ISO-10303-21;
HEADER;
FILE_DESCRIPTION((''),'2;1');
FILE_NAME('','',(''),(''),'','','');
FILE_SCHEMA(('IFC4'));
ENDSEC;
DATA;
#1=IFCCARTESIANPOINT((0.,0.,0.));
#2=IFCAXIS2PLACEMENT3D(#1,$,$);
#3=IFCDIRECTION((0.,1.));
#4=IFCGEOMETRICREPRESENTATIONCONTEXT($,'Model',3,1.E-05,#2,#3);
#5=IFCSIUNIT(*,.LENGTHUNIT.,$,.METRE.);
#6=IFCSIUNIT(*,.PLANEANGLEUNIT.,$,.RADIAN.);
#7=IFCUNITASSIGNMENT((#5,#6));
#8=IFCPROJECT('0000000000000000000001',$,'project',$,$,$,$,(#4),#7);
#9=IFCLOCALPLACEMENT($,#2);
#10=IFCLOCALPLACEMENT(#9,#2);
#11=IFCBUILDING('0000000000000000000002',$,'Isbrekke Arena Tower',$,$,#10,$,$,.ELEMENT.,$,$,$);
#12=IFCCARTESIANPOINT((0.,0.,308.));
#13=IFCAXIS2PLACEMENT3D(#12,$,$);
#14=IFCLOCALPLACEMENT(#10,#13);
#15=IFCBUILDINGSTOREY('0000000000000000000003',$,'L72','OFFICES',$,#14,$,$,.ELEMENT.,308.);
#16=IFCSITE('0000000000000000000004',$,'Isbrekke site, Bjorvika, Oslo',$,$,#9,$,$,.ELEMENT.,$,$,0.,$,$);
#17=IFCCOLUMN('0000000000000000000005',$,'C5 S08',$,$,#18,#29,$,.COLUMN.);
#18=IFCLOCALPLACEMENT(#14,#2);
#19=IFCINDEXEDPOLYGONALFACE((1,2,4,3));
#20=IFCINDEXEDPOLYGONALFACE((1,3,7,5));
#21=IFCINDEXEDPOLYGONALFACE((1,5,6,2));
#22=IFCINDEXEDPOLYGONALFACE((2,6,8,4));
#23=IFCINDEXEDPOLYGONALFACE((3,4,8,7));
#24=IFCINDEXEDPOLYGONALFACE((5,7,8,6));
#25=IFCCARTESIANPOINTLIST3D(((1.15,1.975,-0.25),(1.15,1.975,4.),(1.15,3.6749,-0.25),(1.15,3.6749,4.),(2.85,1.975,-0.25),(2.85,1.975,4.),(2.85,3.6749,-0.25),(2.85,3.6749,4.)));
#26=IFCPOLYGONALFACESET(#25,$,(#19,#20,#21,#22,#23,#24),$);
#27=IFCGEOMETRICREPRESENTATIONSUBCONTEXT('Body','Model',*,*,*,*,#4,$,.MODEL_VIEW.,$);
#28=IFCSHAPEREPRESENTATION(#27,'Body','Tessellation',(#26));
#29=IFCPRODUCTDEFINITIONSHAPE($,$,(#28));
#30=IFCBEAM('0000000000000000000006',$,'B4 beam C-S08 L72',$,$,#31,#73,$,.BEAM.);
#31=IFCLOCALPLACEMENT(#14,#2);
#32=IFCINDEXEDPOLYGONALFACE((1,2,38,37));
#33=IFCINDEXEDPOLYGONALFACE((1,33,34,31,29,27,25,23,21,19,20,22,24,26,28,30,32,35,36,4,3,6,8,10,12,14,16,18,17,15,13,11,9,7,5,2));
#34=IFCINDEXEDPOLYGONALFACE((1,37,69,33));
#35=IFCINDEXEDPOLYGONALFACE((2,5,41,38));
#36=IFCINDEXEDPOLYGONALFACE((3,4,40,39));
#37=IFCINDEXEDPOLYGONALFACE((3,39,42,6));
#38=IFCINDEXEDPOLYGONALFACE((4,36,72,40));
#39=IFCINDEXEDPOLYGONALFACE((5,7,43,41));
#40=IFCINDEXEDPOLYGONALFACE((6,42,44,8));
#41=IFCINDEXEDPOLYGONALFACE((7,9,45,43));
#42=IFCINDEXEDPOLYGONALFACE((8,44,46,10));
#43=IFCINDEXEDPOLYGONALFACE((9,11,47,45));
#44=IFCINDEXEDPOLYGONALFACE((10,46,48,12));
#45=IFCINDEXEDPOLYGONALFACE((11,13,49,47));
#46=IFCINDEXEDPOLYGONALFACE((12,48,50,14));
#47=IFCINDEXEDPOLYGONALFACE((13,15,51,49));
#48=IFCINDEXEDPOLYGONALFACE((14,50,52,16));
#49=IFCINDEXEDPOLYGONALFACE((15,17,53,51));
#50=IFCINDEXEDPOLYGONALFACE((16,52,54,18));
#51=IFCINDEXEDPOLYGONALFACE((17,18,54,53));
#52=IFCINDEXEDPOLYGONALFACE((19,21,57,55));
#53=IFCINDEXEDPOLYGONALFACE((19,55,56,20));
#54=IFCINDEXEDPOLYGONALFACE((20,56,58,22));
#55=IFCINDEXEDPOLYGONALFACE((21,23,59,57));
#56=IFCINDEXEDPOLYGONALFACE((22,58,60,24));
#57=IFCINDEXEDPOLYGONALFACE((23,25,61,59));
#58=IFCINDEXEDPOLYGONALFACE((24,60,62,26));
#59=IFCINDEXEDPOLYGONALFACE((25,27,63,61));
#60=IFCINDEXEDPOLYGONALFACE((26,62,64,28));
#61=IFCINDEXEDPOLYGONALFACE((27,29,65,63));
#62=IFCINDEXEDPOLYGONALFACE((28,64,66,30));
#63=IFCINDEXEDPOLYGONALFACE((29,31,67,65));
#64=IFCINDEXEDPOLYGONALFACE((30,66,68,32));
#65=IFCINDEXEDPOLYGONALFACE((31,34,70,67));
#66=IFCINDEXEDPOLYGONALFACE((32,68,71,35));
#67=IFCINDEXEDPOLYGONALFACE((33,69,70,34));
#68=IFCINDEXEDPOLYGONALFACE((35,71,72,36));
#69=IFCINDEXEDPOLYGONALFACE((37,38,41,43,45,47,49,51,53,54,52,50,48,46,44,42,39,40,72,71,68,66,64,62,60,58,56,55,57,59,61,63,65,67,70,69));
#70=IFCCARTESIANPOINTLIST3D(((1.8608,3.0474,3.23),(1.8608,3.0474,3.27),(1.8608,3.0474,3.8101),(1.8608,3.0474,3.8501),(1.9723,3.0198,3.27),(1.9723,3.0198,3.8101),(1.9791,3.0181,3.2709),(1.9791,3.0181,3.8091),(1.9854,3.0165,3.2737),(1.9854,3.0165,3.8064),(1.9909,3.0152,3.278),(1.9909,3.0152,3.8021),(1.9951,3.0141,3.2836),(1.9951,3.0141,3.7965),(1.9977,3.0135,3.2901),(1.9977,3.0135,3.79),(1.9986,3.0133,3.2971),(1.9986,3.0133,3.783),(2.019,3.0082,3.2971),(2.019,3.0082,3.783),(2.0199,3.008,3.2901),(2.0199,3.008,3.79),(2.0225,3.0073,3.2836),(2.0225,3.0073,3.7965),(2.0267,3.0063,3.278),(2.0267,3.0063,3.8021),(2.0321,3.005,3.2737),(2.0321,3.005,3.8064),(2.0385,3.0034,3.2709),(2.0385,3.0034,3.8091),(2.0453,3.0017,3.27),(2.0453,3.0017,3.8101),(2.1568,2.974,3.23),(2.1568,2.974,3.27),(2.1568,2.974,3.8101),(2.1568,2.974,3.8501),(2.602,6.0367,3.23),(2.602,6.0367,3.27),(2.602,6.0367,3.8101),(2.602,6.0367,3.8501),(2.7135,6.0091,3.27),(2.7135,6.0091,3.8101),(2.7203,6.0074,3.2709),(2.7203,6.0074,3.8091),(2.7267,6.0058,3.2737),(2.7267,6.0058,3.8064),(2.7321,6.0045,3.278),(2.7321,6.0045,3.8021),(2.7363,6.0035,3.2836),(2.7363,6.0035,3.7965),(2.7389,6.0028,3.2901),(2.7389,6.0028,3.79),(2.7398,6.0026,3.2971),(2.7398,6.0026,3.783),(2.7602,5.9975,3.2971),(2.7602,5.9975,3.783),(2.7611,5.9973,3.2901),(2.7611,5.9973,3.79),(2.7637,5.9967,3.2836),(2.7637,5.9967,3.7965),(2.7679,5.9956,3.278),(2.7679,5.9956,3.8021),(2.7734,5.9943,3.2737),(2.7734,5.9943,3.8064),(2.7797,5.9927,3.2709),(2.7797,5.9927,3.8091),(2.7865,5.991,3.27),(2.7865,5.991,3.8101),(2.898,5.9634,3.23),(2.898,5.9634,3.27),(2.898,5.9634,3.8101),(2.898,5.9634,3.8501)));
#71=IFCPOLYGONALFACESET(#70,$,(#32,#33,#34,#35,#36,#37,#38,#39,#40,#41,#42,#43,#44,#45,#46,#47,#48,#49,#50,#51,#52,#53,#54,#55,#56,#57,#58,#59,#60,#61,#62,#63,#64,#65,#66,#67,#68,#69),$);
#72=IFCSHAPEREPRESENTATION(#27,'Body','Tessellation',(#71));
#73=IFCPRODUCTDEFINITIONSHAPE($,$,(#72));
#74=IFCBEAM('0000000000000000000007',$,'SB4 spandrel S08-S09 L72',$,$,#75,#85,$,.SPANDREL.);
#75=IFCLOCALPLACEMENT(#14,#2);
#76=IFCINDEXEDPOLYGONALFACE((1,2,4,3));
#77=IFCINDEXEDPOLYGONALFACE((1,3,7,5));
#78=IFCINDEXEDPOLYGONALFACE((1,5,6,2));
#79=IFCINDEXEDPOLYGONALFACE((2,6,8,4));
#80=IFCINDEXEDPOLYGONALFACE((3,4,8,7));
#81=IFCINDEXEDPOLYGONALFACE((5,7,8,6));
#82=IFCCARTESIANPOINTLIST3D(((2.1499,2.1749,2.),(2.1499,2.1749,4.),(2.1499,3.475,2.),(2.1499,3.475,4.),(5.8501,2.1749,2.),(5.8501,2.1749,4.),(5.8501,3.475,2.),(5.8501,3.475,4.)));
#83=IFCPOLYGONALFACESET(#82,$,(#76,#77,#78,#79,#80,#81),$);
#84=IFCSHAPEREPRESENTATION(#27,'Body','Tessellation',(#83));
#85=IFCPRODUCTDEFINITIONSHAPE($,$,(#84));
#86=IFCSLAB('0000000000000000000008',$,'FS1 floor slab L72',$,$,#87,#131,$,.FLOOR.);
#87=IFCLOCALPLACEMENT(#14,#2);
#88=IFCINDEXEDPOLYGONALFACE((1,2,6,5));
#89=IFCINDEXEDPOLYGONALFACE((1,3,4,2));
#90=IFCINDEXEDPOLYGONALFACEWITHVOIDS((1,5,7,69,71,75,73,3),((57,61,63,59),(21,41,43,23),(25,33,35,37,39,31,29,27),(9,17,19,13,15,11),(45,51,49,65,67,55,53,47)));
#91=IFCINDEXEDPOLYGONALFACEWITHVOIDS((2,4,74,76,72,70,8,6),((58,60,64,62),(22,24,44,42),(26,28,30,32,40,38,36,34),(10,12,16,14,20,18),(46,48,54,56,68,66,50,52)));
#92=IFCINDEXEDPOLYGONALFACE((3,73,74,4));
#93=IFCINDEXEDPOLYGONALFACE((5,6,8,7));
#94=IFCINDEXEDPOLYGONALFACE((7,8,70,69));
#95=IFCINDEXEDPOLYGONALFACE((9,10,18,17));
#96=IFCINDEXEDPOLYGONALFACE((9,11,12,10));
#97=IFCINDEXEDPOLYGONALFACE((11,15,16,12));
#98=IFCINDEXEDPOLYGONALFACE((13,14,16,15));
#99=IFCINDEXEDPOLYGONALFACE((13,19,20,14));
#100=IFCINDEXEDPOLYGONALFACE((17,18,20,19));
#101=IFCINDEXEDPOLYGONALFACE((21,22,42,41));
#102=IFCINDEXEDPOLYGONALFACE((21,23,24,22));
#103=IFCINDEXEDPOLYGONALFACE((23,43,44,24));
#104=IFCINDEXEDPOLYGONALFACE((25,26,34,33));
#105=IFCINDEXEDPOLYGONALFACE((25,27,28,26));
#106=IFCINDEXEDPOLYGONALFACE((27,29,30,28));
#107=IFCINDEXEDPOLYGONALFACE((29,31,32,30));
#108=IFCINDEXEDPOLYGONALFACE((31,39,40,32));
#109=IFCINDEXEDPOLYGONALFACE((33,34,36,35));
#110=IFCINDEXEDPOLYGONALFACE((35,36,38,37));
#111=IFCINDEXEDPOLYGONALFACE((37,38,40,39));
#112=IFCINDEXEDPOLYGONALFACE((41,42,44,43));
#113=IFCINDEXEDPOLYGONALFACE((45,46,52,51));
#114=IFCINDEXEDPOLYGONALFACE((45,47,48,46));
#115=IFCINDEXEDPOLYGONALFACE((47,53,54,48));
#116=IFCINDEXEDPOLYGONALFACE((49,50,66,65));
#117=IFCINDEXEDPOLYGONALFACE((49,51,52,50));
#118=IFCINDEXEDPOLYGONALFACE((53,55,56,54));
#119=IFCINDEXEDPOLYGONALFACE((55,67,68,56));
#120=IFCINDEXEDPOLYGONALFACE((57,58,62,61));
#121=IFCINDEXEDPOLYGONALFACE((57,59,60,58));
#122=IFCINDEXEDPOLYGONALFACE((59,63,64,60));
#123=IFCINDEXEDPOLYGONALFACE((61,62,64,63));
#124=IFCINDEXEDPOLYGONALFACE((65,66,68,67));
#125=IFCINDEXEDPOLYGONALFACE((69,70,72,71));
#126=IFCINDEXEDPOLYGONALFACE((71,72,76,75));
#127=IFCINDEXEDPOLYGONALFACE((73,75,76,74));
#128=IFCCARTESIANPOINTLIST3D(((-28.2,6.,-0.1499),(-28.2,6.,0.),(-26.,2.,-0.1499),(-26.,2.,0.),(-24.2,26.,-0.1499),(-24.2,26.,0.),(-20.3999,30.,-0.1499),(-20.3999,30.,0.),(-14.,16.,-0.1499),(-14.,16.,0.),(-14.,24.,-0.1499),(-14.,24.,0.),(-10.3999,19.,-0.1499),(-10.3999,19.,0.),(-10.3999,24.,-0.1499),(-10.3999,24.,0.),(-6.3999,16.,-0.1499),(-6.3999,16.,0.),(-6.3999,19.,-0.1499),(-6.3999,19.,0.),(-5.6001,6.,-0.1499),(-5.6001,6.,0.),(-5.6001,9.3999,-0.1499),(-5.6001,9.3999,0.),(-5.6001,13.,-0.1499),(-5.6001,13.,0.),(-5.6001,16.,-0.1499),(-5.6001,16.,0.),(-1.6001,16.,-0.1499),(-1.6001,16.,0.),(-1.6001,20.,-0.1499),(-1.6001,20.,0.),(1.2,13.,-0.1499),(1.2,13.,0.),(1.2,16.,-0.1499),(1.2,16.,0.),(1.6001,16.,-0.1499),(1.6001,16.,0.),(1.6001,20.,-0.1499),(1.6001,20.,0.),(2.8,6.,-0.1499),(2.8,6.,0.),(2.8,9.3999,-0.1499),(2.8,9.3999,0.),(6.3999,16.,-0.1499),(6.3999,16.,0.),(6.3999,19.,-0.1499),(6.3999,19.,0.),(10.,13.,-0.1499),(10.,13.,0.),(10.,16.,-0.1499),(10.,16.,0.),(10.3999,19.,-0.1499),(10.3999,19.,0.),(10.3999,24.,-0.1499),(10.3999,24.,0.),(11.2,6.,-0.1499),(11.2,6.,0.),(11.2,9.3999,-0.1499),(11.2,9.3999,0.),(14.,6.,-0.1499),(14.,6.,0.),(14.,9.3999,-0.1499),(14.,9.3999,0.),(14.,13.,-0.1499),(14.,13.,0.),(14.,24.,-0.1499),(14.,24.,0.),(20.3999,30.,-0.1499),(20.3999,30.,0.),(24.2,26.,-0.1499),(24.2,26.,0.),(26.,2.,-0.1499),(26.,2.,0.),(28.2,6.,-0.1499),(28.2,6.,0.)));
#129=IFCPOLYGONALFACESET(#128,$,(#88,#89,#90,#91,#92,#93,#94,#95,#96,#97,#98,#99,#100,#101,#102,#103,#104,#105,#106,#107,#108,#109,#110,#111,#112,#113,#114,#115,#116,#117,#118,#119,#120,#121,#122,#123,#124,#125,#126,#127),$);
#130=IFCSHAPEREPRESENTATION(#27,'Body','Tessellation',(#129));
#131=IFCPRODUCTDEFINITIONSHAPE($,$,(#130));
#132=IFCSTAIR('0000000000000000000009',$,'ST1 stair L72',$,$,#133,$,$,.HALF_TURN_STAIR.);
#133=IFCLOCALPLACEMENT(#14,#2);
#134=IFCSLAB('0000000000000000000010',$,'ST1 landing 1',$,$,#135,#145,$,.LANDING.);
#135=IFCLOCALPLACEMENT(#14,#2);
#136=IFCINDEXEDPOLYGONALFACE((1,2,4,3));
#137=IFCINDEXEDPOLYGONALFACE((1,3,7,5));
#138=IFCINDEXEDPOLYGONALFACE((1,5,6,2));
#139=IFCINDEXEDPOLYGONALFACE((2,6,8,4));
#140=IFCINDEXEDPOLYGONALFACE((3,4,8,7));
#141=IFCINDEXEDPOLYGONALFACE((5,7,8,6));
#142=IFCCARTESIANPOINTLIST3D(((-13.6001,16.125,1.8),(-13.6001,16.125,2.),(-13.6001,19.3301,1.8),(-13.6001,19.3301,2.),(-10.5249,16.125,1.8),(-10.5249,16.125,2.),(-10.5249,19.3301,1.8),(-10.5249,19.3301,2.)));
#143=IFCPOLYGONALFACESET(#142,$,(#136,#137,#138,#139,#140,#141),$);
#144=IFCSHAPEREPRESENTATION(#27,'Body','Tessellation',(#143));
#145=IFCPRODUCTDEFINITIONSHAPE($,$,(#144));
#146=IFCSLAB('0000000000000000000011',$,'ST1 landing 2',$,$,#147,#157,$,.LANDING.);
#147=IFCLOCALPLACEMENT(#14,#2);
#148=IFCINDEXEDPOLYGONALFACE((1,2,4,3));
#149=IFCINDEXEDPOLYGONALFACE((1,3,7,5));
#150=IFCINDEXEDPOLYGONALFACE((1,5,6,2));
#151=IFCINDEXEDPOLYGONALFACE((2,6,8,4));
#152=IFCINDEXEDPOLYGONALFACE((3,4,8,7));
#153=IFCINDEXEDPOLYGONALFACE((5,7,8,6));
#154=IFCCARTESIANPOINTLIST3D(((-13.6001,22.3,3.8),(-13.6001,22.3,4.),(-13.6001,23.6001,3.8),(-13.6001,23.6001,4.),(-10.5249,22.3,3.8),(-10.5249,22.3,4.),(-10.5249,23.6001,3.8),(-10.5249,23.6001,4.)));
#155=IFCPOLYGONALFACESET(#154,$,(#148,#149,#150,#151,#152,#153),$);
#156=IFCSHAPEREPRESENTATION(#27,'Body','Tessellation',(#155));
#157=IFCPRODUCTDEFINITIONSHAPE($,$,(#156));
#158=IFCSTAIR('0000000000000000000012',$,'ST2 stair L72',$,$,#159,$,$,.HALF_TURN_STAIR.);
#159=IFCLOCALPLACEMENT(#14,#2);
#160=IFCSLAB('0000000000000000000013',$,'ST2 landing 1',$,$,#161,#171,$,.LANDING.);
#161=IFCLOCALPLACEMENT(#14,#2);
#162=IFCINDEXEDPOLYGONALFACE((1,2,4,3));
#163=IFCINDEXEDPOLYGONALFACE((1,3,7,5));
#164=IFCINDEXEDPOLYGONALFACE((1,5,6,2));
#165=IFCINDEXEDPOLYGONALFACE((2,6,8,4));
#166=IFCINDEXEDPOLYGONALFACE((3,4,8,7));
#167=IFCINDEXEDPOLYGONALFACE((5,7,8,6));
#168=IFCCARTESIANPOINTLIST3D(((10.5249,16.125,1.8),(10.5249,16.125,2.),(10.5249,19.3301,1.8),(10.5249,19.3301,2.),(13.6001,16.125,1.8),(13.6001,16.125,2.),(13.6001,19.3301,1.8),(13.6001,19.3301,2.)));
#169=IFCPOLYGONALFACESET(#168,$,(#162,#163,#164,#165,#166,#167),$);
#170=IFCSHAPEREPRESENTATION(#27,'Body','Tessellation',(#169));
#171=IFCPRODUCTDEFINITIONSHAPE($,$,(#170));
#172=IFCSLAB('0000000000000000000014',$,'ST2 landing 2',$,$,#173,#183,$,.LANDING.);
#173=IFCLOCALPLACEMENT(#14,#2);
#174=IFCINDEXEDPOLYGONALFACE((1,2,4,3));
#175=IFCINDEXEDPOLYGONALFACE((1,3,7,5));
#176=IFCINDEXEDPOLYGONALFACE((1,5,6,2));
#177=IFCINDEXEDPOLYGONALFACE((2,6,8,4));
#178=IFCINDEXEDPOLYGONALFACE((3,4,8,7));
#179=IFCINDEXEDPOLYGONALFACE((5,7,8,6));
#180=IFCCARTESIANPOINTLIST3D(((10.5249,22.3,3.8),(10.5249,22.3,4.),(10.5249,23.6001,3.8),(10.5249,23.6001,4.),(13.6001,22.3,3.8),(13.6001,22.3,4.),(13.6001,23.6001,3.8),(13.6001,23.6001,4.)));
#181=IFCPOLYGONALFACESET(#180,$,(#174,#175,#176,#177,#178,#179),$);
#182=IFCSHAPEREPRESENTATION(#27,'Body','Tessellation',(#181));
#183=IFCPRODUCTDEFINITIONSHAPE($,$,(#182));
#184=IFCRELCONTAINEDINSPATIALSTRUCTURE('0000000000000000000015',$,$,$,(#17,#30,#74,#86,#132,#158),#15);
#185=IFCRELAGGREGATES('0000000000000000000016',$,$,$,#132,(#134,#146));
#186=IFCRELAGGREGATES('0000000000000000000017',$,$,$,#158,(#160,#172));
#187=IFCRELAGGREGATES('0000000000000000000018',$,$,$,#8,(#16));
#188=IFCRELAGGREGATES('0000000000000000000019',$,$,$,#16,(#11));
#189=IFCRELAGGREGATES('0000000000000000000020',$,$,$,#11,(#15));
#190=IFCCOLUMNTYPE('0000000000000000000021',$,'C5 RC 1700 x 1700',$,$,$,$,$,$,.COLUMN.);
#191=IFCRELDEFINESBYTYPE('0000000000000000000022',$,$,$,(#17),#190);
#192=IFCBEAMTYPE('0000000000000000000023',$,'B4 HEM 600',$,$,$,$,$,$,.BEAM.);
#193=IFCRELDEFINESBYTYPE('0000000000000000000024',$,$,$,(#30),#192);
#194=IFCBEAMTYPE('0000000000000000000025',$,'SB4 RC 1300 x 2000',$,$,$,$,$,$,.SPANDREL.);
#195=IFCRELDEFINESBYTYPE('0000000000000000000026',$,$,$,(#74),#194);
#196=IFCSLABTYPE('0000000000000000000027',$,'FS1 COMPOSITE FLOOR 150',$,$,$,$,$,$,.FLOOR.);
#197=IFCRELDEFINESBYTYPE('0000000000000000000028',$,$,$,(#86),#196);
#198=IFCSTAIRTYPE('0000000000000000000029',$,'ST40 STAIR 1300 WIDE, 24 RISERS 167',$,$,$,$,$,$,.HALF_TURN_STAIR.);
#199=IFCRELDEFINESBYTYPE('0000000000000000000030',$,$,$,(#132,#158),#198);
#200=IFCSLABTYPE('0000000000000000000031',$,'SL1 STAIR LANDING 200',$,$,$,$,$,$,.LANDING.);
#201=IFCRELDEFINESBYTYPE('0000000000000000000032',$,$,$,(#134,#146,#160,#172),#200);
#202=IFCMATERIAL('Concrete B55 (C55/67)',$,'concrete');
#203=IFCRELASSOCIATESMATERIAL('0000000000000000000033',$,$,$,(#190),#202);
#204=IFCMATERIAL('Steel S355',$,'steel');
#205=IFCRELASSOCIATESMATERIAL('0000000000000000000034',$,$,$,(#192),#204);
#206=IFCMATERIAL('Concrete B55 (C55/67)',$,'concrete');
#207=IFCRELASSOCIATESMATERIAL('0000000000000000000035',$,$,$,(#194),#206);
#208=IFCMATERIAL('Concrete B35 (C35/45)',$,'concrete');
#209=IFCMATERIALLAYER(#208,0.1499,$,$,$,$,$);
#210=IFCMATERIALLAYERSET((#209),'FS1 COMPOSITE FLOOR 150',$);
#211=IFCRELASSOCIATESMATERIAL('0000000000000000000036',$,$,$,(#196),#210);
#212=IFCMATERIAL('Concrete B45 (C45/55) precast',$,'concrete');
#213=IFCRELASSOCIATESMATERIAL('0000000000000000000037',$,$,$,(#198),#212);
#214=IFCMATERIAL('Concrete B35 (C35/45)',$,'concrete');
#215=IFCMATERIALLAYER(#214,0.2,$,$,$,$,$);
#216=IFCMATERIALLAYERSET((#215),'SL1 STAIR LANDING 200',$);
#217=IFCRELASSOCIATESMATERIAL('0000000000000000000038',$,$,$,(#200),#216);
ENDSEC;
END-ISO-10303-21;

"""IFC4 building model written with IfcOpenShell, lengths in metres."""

from ifc_helpers import new_model, si_unit, direction, frame, origin, origin_2d, place, context, subcontext, project, spatial, polyline, rectangle, i_section, outline, extrude, material, layer, layer_set, material_profile, profile_set, type_object, element, aggregate, save


model = new_model("IFC4")

# Units and contexts
model_context = context("Model", 3, precision=1e-05, world=origin(), true_north=direction((0.0, 1.0)))
body_context = subcontext(model_context, "Body", "Model", "MODEL_VIEW")
ifc_project = project(units=[si_unit("LENGTHUNIT", "METRE"), si_unit("PLANEANGLEUNIT", "RADIAN")], contexts=[model_context])

# Site, building, storey
site_placement = place(None, origin())
site = spatial("IfcSite", under=ifc_project, at=site_placement, Name="Isbrekke site, Bjorvika, Oslo", CompositionType="ELEMENT", RefElevation=0.0)
building_placement = place(site_placement, origin())
building = spatial("IfcBuilding", under=site, at=building_placement, Name="Isbrekke Arena Tower", CompositionType="ELEMENT")
storey_placement = place(building_placement, frame((0.0, 0.0, 308.0)))
storey = spatial("IfcBuildingStorey", under=building, at=storey_placement, Name="L72", Description="OFFICES", CompositionType="ELEMENT", Elevation=308.0)

# Column
ifc_material_1 = material(Name="Concrete B55 (C55/67)", Category="concrete")
ifc_material_profile_1 = material_profile(ifc_material_1, rectangle(XDim=1.7, YDim=1.7, at=origin_2d()), Name="RC 1700x1700")
ifc_profile_set_1 = profile_set([ifc_material_profile_1], Name="Concrete B55 (C55/67)")
column_type = type_object("IfcColumnType", Name="C5 RC 1700 x 1700", PredefinedType="COLUMN", material=ifc_profile_set_1)
column_placement = place(storey_placement, frame((2.0, 2.825, -0.25), z_axis=(0.0, 0.0, 1.0), x_axis=(1.0, 0.0, 0.0)))
element("IfcColumn", 1, at=column_placement, inside=storey, type_object=column_type, Name="C5 S08", PredefinedType="COLUMN", context=body_context, shape_type="SweptSolid", body=[
    extrude(rectangle(XDim=1.7, YDim=1.7, at=origin_2d()), origin(), (0.0, 0.0, 1.0), 4.25),
])

# Beams
ifc_material_2 = material(Name="Steel S355", Category="steel")
ifc_material_profile_2 = material_profile(ifc_material_2, i_section(OverallWidth=0.3049, OverallDepth=0.6201, WebThickness=0.021, FlangeThickness=0.04, FilletRadius=0.0271, at=origin_2d()), Name="HEM 600")
ifc_profile_set_2 = profile_set([ifc_material_profile_2], Name="Steel S355")
beam_type_1 = type_object("IfcBeamType", Name="B4 HEM 600", PredefinedType="BEAM", material=ifc_profile_set_2)
beam_1_placement = place(storey_placement, frame((2.0088, 3.0107, 3.54), z_axis=(0.24067, 0.970607, 0.0), x_axis=(-0.970607, 0.24067, 0.0)))
element("IfcBeam", 2, at=beam_1_placement, inside=storey, type_object=beam_type_1, Name="B4 beam C-S08 L72", PredefinedType="BEAM", context=body_context, shape_type="SweptSolid", body=[
    extrude(i_section(OverallWidth=0.3049, OverallDepth=0.6201, WebThickness=0.021, FlangeThickness=0.04, FilletRadius=0.0271, at=origin_2d()), origin(), (0.0, 0.0, 1.0), 3.0798),
])
ifc_material_3 = material(Name="Concrete B55 (C55/67)", Category="concrete")
ifc_material_profile_3 = material_profile(ifc_material_3, rectangle(XDim=1.3, YDim=2.0, at=origin_2d()), Name="RC 1300x2000")
ifc_profile_set_3 = profile_set([ifc_material_profile_3], Name="Concrete B55 (C55/67)")
beam_type_2 = type_object("IfcBeamType", Name="SB4 RC 1300 x 2000", PredefinedType="SPANDREL", material=ifc_profile_set_3)
beam_2_placement = place(storey_placement, frame((2.1499, 2.825, 3.0), z_axis=(1.0, 0.0, 0.0), x_axis=(0.0, 1.0, 0.0)))
element("IfcBeam", 3, at=beam_2_placement, inside=storey, type_object=beam_type_2, Name="SB4 spandrel S08-S09 L72", PredefinedType="SPANDREL", context=body_context, shape_type="SweptSolid", body=[
    extrude(rectangle(XDim=1.3, YDim=2.0, at=origin_2d()), origin(), (0.0, 0.0, 1.0), 3.7002),
])

# Slab
ifc_material_4 = material(Name="Concrete B35 (C35/45)", Category="concrete")
ifc_layer_1 = layer(ifc_material_4, 0.1499)
ifc_layer_set_1 = layer_set([ifc_layer_1], Name="FS1 COMPOSITE FLOOR 150")
slab_type_1 = type_object("IfcSlabType", Name="FS1 COMPOSITE FLOOR 150", PredefinedType="FLOOR", material=ifc_layer_set_1)
slab_1_placement = place(storey_placement, frame((0.0, 0.0, -0.1499)))
element("IfcSlab", 4, at=slab_1_placement, inside=storey, type_object=slab_type_1, Name="FS1 floor slab L72", PredefinedType="FLOOR", context=body_context, shape_type="SweptSolid", body=[
    extrude(outline(polyline([(-26.0, 2.0), (26.0, 2.0), (28.2, 6.0), (24.2, 26.0), (20.3999, 30.0), (-20.3999, 30.0), (-24.2, 26.0), (-28.2, 6.0), (-26.0, 2.0)]), holes=[polyline([(2.8, 9.3999), (2.8, 6.0), (-5.6001, 6.0), (-5.6001, 9.3999), (2.8, 9.3999)]), polyline([(11.2, 6.0), (11.2, 9.3999), (14.0, 9.3999), (14.0, 6.0), (11.2, 6.0)]), polyline([(-5.6001, 13.0), (-5.6001, 16.0), (-1.6001, 16.0), (-1.6001, 20.0), (1.6001, 20.0), (1.6001, 16.0), (1.2, 16.0), (1.2, 13.0), (-5.6001, 13.0)]), polyline([(14.0, 13.0), (10.0, 13.0), (10.0, 16.0), (6.3999, 16.0), (6.3999, 19.0), (10.3999, 19.0), (10.3999, 24.0), (14.0, 24.0), (14.0, 13.0)]), polyline([(-6.3999, 19.0), (-6.3999, 16.0), (-14.0, 16.0), (-14.0, 24.0), (-10.3999, 24.0), (-10.3999, 19.0), (-6.3999, 19.0)])]), origin(), (0.0, 0.0, 1.0), 0.1499),
])

# Stairs, slabs
ifc_material_5 = material(Name="Concrete B45 (C45/55) precast", Category="concrete")
stair_type = type_object("IfcStairType", Name="ST40 STAIR 1300 WIDE, 24 RISERS 167", PredefinedType="HALF_TURN_STAIR", material=ifc_material_5)
stair_1_placement = place(storey_placement, origin())
stair_1 = element("IfcStair", 5, at=stair_1_placement, inside=storey, type_object=stair_type, Name="ST1 stair L72", PredefinedType="HALF_TURN_STAIR")
ifc_material_6 = material(Name="Concrete B35 (C35/45)", Category="concrete")
ifc_layer_2 = layer(ifc_material_6, 0.2)
ifc_layer_set_2 = layer_set([ifc_layer_2], Name="SL1 STAIR LANDING 200")
slab_type_2 = type_object("IfcSlabType", Name="SL1 STAIR LANDING 200", PredefinedType="LANDING", material=ifc_layer_set_2)
slab_2_placement = place(storey_placement, frame((0.0, 0.0, 1.8)))
slab_2 = element("IfcSlab", 6, at=slab_2_placement, type_object=slab_type_2, Name="ST1 landing 1", PredefinedType="LANDING", context=body_context, shape_type="SweptSolid", body=[
    extrude(outline(polyline([(-13.6001, 16.125), (-10.5249, 16.125), (-10.5249, 19.3301), (-13.6001, 19.3301), (-13.6001, 16.125)])), origin(), (0.0, 0.0, 1.0), 0.2),
])
slab_3_placement = place(storey_placement, frame((0.0, 0.0, 3.8)))
slab_3 = element("IfcSlab", 7, at=slab_3_placement, type_object=slab_type_2, Name="ST1 landing 2", PredefinedType="LANDING", context=body_context, shape_type="SweptSolid", body=[
    extrude(outline(polyline([(-13.6001, 22.3), (-10.5249, 22.3), (-10.5249, 23.6001), (-13.6001, 23.6001), (-13.6001, 22.3)])), origin(), (0.0, 0.0, 1.0), 0.2),
])
aggregate(stair_1, [slab_2, slab_3])
stair_2_placement = place(storey_placement, origin())
stair_2 = element("IfcStair", 8, at=stair_2_placement, inside=storey, type_object=stair_type, Name="ST2 stair L72", PredefinedType="HALF_TURN_STAIR")
slab_4_placement = place(storey_placement, frame((0.0, 0.0, 1.8)))
slab_4 = element("IfcSlab", 9, at=slab_4_placement, type_object=slab_type_2, Name="ST2 landing 1", PredefinedType="LANDING", context=body_context, shape_type="SweptSolid", body=[
    extrude(outline(polyline([(10.5249, 16.125), (13.6001, 16.125), (13.6001, 19.3301), (10.5249, 19.3301), (10.5249, 16.125)])), origin(), (0.0, 0.0, 1.0), 0.2),
])
slab_5_placement = place(storey_placement, frame((0.0, 0.0, 3.8)))
slab_5 = element("IfcSlab", 10, at=slab_5_placement, type_object=slab_type_2, Name="ST2 landing 2", PredefinedType="LANDING", context=body_context, shape_type="SweptSolid", body=[
    extrude(outline(polyline([(10.5249, 22.3), (13.6001, 22.3), (13.6001, 23.6001), (10.5249, 23.6001), (10.5249, 22.3)])), origin(), (0.0, 0.0, 1.0), 0.2),
])
aggregate(stair_2, [slab_4, slab_5])

save(model, "model.ifc")
